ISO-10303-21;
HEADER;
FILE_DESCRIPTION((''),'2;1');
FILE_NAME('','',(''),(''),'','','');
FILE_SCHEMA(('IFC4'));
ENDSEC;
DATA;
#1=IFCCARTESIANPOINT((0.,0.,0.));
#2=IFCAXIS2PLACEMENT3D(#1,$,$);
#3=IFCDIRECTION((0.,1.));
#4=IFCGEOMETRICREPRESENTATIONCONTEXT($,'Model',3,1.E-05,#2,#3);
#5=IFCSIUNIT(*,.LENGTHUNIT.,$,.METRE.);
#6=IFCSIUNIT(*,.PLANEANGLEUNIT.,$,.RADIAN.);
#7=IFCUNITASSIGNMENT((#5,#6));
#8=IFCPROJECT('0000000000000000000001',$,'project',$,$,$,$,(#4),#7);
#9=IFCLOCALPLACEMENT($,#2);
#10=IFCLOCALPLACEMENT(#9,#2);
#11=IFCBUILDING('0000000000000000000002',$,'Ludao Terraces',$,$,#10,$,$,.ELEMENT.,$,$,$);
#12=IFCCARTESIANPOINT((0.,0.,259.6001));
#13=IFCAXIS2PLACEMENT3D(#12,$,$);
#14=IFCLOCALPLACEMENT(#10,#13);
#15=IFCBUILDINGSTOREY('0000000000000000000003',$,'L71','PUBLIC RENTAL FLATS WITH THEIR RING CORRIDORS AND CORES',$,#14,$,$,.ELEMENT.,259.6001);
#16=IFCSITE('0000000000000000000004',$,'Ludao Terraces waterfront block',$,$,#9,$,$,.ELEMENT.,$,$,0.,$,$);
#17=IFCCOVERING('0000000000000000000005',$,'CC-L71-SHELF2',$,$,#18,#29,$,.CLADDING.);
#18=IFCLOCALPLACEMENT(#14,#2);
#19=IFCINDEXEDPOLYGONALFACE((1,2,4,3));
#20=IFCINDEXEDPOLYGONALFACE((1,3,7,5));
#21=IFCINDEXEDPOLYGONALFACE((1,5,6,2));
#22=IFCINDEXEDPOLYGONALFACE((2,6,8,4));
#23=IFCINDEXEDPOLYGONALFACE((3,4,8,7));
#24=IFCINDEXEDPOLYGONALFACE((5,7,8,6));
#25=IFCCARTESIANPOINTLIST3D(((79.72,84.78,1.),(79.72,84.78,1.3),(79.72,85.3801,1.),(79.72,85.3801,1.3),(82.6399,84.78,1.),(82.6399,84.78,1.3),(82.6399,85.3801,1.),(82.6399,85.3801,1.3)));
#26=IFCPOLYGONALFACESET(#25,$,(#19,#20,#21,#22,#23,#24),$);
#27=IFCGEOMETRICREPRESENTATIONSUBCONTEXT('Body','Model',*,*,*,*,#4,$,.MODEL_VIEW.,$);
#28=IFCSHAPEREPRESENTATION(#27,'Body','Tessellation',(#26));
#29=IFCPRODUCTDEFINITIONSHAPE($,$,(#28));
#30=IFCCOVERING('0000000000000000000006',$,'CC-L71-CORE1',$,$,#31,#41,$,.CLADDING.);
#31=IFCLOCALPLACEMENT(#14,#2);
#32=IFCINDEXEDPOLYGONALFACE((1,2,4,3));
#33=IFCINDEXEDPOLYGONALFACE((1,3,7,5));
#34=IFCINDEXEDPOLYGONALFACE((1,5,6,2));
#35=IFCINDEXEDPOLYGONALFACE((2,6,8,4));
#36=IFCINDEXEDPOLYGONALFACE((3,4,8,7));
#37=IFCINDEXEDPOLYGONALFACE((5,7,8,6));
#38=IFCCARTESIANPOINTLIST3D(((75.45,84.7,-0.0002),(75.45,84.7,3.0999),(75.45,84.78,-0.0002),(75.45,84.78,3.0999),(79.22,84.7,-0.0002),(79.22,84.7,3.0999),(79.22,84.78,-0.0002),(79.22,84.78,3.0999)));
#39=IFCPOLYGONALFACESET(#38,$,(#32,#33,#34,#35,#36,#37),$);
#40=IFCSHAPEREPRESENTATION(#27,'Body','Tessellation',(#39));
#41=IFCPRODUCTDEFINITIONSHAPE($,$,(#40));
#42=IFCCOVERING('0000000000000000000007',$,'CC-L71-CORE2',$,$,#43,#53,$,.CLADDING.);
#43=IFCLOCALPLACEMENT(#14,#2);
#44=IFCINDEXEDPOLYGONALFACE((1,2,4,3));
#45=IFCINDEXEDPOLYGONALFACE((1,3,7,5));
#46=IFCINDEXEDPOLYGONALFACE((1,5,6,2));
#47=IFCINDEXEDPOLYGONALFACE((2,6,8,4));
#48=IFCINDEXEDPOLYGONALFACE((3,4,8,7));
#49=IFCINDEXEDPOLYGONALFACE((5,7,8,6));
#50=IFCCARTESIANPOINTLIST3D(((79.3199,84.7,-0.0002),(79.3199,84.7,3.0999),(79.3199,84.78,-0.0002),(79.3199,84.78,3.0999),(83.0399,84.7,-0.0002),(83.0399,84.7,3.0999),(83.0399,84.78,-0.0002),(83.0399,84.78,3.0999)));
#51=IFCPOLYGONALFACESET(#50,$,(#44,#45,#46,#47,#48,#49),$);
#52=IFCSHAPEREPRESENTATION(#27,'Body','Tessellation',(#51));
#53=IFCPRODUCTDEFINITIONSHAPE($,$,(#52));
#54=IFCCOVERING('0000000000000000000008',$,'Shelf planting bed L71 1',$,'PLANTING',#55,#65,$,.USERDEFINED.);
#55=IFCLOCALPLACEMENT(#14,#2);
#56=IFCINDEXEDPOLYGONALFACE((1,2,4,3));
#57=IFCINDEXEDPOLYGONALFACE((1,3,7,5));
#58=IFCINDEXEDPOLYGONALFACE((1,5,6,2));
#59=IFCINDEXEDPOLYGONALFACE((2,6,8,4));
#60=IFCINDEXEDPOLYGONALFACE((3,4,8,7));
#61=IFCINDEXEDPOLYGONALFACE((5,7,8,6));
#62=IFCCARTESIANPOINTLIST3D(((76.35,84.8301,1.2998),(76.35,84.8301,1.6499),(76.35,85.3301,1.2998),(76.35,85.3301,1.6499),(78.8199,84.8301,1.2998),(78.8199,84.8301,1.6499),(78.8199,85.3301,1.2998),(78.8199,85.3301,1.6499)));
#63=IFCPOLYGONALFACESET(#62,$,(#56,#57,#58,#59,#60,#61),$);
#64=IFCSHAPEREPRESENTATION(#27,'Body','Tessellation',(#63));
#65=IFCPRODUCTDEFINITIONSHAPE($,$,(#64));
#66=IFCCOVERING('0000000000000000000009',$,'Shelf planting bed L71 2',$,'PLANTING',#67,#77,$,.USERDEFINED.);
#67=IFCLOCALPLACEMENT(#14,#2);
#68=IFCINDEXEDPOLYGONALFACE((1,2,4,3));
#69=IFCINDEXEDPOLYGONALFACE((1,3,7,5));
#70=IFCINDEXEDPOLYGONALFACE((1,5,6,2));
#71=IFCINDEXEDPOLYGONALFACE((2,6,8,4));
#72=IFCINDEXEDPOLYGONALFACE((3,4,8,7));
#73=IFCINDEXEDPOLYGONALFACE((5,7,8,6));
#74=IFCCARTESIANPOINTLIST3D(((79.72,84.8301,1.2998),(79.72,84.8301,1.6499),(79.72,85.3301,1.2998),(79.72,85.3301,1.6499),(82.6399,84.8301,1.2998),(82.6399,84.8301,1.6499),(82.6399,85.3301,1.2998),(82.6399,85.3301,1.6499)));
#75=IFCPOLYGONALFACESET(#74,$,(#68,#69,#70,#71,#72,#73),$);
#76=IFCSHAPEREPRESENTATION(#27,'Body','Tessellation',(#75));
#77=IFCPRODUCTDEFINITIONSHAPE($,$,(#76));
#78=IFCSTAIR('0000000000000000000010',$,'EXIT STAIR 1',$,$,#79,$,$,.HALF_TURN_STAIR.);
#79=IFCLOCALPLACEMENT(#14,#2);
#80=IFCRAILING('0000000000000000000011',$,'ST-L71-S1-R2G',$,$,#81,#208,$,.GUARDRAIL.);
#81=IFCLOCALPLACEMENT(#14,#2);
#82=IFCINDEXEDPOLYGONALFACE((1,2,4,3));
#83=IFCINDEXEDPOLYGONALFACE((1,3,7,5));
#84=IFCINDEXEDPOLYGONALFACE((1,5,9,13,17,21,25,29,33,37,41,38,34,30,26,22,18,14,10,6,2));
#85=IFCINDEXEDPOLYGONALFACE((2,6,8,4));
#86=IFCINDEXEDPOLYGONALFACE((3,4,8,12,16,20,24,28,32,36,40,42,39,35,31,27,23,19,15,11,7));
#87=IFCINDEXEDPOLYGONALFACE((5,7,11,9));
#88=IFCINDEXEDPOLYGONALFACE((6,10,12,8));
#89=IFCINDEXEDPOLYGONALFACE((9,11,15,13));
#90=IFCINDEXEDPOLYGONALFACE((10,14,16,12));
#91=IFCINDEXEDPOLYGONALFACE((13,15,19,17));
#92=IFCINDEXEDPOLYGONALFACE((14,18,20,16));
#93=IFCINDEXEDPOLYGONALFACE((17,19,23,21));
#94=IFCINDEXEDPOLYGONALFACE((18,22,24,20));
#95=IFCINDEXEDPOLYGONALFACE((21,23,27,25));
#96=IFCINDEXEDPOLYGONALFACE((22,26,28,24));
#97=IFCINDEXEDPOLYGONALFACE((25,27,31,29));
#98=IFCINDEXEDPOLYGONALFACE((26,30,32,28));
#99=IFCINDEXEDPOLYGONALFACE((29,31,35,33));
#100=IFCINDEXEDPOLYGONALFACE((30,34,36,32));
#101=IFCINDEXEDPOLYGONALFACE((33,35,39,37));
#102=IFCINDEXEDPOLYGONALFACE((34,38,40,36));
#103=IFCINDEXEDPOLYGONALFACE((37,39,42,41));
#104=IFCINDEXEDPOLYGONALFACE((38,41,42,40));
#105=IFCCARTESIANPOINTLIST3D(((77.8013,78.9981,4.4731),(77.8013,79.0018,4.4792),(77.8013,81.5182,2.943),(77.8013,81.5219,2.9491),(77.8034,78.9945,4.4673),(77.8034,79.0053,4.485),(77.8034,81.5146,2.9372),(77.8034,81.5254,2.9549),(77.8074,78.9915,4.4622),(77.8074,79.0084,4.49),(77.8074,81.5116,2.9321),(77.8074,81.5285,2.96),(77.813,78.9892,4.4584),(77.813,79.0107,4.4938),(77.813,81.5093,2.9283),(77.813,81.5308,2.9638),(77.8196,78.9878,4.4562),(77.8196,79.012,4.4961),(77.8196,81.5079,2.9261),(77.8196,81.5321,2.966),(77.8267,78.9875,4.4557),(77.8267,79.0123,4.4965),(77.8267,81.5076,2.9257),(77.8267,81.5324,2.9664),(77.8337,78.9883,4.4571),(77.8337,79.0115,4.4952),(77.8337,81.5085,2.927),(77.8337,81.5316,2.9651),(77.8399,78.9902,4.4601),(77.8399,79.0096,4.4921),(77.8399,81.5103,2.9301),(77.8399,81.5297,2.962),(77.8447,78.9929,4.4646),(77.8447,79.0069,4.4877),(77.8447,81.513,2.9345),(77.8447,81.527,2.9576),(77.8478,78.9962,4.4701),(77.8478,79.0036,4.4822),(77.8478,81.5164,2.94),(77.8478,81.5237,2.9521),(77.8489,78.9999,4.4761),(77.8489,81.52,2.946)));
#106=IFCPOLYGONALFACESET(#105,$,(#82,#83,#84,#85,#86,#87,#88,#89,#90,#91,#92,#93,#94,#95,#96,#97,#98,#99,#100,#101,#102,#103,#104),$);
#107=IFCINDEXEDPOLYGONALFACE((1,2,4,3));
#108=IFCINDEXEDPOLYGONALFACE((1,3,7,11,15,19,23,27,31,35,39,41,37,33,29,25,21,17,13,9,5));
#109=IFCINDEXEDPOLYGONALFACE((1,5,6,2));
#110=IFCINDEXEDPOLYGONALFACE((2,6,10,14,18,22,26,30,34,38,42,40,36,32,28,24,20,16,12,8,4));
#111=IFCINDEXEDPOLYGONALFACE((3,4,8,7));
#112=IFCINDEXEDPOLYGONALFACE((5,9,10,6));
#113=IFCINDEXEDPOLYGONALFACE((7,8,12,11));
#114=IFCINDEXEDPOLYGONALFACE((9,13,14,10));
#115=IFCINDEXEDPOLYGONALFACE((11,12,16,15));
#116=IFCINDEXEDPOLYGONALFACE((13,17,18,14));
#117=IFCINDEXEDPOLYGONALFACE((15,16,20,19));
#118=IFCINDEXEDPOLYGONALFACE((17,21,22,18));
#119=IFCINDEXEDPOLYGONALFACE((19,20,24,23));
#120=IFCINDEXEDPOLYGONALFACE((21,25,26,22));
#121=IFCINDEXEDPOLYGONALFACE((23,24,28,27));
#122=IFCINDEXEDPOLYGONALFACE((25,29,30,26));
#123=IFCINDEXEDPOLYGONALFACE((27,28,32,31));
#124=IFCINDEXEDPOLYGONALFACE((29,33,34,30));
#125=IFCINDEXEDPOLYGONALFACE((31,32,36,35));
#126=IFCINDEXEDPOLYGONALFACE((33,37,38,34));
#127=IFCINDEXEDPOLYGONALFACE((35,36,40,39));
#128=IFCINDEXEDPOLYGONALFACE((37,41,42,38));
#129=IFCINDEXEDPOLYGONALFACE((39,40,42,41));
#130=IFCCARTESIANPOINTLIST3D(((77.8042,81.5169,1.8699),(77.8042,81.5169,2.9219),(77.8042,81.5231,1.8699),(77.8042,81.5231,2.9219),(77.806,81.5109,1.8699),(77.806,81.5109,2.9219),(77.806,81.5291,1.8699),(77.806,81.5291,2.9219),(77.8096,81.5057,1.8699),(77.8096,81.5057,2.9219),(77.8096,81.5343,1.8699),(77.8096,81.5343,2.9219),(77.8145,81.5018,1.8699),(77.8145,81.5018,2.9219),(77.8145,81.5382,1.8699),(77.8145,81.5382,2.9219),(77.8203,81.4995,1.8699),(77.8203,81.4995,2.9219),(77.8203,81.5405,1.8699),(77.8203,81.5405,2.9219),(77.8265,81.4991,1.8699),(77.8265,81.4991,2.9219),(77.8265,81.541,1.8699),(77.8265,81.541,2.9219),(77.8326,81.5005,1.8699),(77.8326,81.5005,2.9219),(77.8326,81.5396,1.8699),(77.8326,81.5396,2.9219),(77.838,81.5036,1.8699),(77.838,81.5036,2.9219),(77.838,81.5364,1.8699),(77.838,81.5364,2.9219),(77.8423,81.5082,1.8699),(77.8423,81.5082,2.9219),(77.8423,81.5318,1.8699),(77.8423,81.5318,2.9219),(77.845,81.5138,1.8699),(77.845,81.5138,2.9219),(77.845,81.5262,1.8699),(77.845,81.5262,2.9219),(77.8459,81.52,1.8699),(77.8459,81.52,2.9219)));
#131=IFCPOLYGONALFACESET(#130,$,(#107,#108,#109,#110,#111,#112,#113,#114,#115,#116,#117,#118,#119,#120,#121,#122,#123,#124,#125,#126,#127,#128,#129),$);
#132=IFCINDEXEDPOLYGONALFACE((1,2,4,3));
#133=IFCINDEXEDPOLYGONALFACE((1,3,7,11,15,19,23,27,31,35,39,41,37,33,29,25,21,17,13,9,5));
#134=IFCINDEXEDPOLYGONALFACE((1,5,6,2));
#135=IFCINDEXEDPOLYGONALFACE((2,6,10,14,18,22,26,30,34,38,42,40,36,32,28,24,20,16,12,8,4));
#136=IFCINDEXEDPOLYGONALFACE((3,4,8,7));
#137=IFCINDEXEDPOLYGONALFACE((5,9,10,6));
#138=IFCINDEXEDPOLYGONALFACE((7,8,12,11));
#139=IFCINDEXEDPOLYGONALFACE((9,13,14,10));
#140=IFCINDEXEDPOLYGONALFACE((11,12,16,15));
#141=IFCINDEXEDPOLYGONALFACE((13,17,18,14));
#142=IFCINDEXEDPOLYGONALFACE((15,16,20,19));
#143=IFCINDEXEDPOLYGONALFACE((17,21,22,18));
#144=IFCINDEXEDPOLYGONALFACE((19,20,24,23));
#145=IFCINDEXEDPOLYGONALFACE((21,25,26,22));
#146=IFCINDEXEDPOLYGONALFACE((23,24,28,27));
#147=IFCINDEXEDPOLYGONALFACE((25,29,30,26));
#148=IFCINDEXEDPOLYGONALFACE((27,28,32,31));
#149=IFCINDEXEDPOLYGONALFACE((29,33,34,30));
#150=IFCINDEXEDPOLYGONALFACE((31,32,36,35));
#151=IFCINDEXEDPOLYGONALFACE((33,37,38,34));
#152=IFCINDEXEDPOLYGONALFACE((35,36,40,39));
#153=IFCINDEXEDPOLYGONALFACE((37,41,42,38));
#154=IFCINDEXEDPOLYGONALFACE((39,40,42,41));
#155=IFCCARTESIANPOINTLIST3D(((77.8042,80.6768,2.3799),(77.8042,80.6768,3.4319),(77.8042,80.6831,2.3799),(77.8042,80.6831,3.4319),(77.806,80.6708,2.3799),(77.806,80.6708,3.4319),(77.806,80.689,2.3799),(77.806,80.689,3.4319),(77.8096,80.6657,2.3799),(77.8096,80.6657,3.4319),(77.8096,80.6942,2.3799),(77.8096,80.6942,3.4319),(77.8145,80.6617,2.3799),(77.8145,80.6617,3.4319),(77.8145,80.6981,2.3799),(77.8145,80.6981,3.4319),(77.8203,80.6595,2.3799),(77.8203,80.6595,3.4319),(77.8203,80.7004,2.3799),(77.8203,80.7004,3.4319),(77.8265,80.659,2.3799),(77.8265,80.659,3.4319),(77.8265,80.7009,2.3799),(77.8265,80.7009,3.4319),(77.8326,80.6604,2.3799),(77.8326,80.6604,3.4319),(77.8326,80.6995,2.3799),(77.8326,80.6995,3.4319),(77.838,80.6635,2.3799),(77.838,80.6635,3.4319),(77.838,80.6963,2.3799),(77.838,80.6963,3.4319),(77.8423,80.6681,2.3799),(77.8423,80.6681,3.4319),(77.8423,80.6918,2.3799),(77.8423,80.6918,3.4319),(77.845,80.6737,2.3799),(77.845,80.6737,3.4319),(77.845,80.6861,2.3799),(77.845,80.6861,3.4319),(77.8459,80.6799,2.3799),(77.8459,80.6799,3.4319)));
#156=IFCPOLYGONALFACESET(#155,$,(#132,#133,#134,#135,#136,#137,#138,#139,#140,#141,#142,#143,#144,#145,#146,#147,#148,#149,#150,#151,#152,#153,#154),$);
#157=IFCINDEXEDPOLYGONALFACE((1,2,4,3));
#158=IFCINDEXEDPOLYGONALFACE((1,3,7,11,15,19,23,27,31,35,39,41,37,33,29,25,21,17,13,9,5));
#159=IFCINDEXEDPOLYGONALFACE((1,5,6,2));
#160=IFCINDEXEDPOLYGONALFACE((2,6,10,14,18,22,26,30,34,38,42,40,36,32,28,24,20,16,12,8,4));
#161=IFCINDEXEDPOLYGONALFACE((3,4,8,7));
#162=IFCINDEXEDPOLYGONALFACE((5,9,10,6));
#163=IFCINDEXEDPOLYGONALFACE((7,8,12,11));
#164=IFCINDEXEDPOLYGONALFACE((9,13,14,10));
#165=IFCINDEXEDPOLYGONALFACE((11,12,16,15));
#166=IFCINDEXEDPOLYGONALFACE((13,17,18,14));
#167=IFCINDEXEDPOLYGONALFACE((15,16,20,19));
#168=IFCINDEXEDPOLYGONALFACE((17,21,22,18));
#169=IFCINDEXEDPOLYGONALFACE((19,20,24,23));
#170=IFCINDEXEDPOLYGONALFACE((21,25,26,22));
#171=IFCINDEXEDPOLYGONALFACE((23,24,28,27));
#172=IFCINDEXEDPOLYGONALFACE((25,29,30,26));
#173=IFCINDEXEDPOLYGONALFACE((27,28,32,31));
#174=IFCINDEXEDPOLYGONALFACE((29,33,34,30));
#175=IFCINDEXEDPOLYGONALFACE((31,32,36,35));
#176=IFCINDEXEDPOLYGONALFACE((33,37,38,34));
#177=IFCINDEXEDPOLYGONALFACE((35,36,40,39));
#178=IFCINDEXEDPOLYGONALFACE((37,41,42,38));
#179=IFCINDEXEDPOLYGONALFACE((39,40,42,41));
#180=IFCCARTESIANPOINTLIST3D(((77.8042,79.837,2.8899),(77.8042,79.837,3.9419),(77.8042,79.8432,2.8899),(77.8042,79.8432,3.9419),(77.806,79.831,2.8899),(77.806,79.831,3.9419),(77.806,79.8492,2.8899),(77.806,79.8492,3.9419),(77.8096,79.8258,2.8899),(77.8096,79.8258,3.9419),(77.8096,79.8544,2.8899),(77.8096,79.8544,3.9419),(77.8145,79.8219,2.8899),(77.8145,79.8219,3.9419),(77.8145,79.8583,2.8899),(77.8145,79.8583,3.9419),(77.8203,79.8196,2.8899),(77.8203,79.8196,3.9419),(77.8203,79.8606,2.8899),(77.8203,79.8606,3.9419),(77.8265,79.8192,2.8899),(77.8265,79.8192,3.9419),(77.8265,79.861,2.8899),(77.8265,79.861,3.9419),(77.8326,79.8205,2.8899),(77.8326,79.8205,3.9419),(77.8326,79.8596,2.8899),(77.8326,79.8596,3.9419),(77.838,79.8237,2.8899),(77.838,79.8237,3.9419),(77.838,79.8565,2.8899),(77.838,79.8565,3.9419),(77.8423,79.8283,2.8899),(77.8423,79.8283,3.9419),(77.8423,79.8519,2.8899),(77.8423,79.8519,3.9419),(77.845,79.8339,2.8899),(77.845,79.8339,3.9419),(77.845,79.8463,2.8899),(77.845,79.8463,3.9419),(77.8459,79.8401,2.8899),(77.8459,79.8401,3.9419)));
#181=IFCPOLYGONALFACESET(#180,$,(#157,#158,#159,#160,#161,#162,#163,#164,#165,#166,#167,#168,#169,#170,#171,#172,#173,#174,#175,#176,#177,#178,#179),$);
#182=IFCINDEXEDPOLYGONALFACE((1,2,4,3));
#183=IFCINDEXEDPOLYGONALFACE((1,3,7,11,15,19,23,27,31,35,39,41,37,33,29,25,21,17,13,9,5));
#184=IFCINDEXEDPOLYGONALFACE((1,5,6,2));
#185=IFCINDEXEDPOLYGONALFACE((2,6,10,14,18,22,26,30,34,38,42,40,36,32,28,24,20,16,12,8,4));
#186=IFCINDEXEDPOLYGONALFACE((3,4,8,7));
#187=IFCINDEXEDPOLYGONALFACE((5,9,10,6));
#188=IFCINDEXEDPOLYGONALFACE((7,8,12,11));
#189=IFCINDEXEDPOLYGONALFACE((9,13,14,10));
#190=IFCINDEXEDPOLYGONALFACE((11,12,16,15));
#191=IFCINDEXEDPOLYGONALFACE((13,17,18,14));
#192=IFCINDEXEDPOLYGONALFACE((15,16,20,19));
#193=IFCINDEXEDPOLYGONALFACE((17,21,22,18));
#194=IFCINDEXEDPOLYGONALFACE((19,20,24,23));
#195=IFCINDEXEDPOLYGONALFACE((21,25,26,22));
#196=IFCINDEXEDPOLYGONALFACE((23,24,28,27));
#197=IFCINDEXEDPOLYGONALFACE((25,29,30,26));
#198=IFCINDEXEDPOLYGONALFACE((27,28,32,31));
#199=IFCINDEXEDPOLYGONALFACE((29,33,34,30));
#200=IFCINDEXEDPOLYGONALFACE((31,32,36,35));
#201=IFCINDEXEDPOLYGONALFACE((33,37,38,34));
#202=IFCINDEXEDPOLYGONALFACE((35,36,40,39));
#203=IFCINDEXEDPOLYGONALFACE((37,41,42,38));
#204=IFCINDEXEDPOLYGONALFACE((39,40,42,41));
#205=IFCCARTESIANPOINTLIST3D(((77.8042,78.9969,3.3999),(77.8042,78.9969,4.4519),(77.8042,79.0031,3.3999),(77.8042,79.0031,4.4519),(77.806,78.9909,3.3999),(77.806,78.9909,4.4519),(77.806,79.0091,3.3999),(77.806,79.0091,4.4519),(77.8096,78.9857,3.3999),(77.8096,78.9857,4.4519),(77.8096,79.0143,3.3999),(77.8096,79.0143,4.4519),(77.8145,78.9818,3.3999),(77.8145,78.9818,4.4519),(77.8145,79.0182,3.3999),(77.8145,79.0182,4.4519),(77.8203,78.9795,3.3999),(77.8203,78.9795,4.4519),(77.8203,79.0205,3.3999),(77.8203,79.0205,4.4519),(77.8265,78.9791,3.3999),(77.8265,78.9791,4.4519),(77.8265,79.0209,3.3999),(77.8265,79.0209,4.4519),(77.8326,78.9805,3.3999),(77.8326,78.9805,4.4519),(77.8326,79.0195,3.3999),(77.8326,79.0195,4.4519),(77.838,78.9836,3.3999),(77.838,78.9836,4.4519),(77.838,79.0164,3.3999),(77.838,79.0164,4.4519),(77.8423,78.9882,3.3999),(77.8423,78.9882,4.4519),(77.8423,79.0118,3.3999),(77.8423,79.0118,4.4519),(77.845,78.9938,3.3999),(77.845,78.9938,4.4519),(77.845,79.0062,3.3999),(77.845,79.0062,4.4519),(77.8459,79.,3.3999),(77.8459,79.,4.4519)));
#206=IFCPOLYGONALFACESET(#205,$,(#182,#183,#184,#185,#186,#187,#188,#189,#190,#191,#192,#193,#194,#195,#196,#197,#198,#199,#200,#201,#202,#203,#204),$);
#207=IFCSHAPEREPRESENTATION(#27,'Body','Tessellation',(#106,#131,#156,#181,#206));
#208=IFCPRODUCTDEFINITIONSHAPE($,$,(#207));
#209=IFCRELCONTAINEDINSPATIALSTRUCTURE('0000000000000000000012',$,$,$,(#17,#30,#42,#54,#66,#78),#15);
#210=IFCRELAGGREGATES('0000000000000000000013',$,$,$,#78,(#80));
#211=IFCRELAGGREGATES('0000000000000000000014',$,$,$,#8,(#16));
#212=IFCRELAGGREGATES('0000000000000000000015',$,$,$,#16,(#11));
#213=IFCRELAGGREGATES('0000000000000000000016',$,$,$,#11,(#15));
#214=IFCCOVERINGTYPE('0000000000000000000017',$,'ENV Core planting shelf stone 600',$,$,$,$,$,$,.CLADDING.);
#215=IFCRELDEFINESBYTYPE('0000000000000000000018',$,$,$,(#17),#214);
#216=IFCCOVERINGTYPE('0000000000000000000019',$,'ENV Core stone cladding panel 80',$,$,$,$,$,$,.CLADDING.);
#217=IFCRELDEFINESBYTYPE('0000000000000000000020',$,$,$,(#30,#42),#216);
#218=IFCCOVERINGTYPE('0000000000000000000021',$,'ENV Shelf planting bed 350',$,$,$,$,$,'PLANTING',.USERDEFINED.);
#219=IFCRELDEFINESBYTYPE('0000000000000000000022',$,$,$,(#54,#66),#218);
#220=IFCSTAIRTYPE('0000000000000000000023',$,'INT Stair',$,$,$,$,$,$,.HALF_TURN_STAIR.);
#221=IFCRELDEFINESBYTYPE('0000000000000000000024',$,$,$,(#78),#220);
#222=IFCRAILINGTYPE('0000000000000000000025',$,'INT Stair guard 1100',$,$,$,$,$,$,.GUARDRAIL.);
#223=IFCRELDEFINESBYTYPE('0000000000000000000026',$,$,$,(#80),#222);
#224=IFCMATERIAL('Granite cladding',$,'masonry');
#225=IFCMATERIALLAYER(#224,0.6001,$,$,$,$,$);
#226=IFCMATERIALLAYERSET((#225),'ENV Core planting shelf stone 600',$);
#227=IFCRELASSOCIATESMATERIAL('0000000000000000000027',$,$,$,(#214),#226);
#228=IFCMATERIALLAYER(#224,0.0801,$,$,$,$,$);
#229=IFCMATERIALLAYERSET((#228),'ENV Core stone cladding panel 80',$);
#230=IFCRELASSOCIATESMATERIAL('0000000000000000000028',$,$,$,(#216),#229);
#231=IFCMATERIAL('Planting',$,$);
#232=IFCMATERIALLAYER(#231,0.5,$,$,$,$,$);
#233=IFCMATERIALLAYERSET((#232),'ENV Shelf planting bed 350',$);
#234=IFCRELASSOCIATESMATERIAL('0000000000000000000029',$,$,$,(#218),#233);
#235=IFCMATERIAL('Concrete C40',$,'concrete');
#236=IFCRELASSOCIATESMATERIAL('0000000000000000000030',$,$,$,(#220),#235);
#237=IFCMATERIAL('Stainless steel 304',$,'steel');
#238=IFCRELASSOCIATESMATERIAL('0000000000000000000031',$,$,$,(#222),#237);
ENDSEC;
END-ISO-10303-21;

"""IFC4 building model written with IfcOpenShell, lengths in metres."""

from ifc_helpers import new_model, si_unit, direction, frame, origin, origin_2d, place, context, subcontext, project, spatial, rectangle, circle, extrude, material, layer, layer_set, type_object, element, aggregate, save


model = new_model("IFC4")

# Units and contexts
model_context = context("Model", 3, precision=1e-05, world=origin(), true_north=direction((0.0, 1.0)))
body_context = subcontext(model_context, "Body", "Model", "MODEL_VIEW")
ifc_project = project(units=[si_unit("LENGTHUNIT", "METRE"), si_unit("PLANEANGLEUNIT", "RADIAN")], contexts=[model_context])

# Site, building, storey
site_placement = place(None, origin())
site = spatial("IfcSite", under=ifc_project, at=site_placement, Name="Ludao Terraces waterfront block", CompositionType="ELEMENT", RefElevation=0.0)
building_placement = place(site_placement, origin())
building = spatial("IfcBuilding", under=site, at=building_placement, Name="Ludao Terraces", CompositionType="ELEMENT")
storey_placement = place(building_placement, frame((0.0, 0.0, 259.6001)))
storey = spatial("IfcBuildingStorey", under=building, at=storey_placement, Name="L71", Description="PUBLIC RENTAL FLATS WITH THEIR RING CORRIDORS AND CORES", CompositionType="ELEMENT", Elevation=259.6001)

# Shared definitions
ifc_material_1 = material(Name="Concrete C40", Category="concrete")

# Shared definitions
ifc_material_2 = material(Name="Granite cladding", Category="masonry")

# Shared definitions
ifc_material_3 = material(Name="Stainless steel 304", Category="steel")

# Coverings
ifc_layer_1 = layer(ifc_material_2, 0.6001)
ifc_layer_set_1 = layer_set([ifc_layer_1], Name="ENV Core planting shelf stone 600")
covering_type_1 = type_object("IfcCoveringType", Name="ENV Core planting shelf stone 600", PredefinedType="CLADDING", material=ifc_layer_set_1)
covering_1_placement = place(storey_placement, frame((81.1799, 85.0801, 1.0), z_axis=(0.0, 0.0, 1.0), x_axis=(1.0, 0.0, 0.0)))
element("IfcCovering", 1, at=covering_1_placement, inside=storey, type_object=covering_type_1, Name="CC-L71-SHELF2", PredefinedType="CLADDING", context=body_context, shape_type="SweptSolid", body=[
    extrude(rectangle(XDim=2.9199, YDim=0.6001, at=origin_2d()), origin(), (0.0, 0.0, 1.0), 0.3),
])
ifc_layer_2 = layer(ifc_material_2, 0.0801)
ifc_layer_set_2 = layer_set([ifc_layer_2], Name="ENV Core stone cladding panel 80")
covering_type_2 = type_object("IfcCoveringType", Name="ENV Core stone cladding panel 80", PredefinedType="CLADDING", material=ifc_layer_set_2)
covering_2_placement = place(storey_placement, frame((77.335, 84.74, -0.0002), z_axis=(0.0, 0.0, 1.0), x_axis=(1.0, 0.0, 0.0)))
element("IfcCovering", 2, at=covering_2_placement, inside=storey, type_object=covering_type_2, Name="CC-L71-CORE1", PredefinedType="CLADDING", context=body_context, shape_type="SweptSolid", body=[
    extrude(rectangle(XDim=3.77, YDim=0.0801, at=origin_2d()), origin(), (0.0, 0.0, 1.0), 3.1001),
])
covering_3_placement = place(storey_placement, frame((81.1799, 84.74, -0.0002), z_axis=(0.0, 0.0, 1.0), x_axis=(1.0, 0.0, 0.0)))
element("IfcCovering", 3, at=covering_3_placement, inside=storey, type_object=covering_type_2, Name="CC-L71-CORE2", PredefinedType="CLADDING", context=body_context, shape_type="SweptSolid", body=[
    extrude(rectangle(XDim=3.72, YDim=0.0801, at=origin_2d()), origin(), (0.0, 0.0, 1.0), 3.1001),
])
ifc_material_4 = material(Name="Planting")
ifc_layer_3 = layer(ifc_material_4, 0.5)
ifc_layer_set_3 = layer_set([ifc_layer_3], Name="ENV Shelf planting bed 350")
covering_type_3 = type_object("IfcCoveringType", Name="ENV Shelf planting bed 350", ElementType="PLANTING", PredefinedType="USERDEFINED", material=ifc_layer_set_3)
covering_4_placement = place(storey_placement, frame((77.585, 85.0801, 1.2998), z_axis=(0.0, 0.0, 1.0), x_axis=(1.0, 0.0, 0.0)))
element("IfcCovering", 4, at=covering_4_placement, inside=storey, type_object=covering_type_3, Name="Shelf planting bed L71 1", ObjectType="PLANTING", PredefinedType="USERDEFINED", context=body_context, shape_type="SweptSolid", body=[
    extrude(rectangle(XDim=2.47, YDim=0.5, at=origin_2d()), origin(), (0.0, 0.0, 1.0), 0.3501),
])
covering_5_placement = place(storey_placement, frame((81.1799, 85.0801, 1.2998), z_axis=(0.0, 0.0, 1.0), x_axis=(1.0, 0.0, 0.0)))
element("IfcCovering", 5, at=covering_5_placement, inside=storey, type_object=covering_type_3, Name="Shelf planting bed L71 2", ObjectType="PLANTING", PredefinedType="USERDEFINED", context=body_context, shape_type="SweptSolid", body=[
    extrude(rectangle(XDim=2.9199, YDim=0.5, at=origin_2d()), origin(), (0.0, 0.0, 1.0), 0.3501),
])

# Stair, railing
stair_type = type_object("IfcStairType", Name="INT Stair", PredefinedType="HALF_TURN_STAIR", material=ifc_material_1)
stair_placement = place(storey_placement, origin())
stair = element("IfcStair", 6, at=stair_placement, inside=storey, type_object=stair_type, Name="EXIT STAIR 1", PredefinedType="HALF_TURN_STAIR")
railing_type_1 = type_object("IfcRailingType", Name="INT Stair guard 1100", PredefinedType="GUARDRAIL", material=ifc_material_3)
railing_1_placement = place(storey_placement, frame((77.825, 81.52, 1.8699)))
railing_1 = element("IfcRailing", 7, at=railing_1_placement, type_object=railing_type_1, Name="ST-L71-S1-R2G", PredefinedType="GUARDRAIL", context=body_context, shape_type="SweptSolid", body=[
    extrude(circle(Radius=0.0239, at=origin_2d()), frame((0.0, 0.0, 1.0762), z_axis=(0.0, -0.854785, 0.518982), x_axis=(1.0, 0.0, 0.0)), (0.0, 0.0, 1.0), 2.9482),
    extrude(circle(Radius=0.021, at=origin_2d()), origin(), (0.0, 0.0, 1.0), 1.052),
    extrude(circle(Radius=0.021, at=origin_2d()), frame((0.0, -0.8401, 0.51)), (0.0, 0.0, 1.0), 1.052),
    extrude(circle(Radius=0.021, at=origin_2d()), frame((0.0, -1.6799, 1.02)), (0.0, 0.0, 1.0), 1.052),
    extrude(circle(Radius=0.021, at=origin_2d()), frame((0.0, -2.52, 1.53)), (0.0, 0.0, 1.0), 1.052),
])
aggregate(stair, [railing_1])

save(model, "model.ifc")
